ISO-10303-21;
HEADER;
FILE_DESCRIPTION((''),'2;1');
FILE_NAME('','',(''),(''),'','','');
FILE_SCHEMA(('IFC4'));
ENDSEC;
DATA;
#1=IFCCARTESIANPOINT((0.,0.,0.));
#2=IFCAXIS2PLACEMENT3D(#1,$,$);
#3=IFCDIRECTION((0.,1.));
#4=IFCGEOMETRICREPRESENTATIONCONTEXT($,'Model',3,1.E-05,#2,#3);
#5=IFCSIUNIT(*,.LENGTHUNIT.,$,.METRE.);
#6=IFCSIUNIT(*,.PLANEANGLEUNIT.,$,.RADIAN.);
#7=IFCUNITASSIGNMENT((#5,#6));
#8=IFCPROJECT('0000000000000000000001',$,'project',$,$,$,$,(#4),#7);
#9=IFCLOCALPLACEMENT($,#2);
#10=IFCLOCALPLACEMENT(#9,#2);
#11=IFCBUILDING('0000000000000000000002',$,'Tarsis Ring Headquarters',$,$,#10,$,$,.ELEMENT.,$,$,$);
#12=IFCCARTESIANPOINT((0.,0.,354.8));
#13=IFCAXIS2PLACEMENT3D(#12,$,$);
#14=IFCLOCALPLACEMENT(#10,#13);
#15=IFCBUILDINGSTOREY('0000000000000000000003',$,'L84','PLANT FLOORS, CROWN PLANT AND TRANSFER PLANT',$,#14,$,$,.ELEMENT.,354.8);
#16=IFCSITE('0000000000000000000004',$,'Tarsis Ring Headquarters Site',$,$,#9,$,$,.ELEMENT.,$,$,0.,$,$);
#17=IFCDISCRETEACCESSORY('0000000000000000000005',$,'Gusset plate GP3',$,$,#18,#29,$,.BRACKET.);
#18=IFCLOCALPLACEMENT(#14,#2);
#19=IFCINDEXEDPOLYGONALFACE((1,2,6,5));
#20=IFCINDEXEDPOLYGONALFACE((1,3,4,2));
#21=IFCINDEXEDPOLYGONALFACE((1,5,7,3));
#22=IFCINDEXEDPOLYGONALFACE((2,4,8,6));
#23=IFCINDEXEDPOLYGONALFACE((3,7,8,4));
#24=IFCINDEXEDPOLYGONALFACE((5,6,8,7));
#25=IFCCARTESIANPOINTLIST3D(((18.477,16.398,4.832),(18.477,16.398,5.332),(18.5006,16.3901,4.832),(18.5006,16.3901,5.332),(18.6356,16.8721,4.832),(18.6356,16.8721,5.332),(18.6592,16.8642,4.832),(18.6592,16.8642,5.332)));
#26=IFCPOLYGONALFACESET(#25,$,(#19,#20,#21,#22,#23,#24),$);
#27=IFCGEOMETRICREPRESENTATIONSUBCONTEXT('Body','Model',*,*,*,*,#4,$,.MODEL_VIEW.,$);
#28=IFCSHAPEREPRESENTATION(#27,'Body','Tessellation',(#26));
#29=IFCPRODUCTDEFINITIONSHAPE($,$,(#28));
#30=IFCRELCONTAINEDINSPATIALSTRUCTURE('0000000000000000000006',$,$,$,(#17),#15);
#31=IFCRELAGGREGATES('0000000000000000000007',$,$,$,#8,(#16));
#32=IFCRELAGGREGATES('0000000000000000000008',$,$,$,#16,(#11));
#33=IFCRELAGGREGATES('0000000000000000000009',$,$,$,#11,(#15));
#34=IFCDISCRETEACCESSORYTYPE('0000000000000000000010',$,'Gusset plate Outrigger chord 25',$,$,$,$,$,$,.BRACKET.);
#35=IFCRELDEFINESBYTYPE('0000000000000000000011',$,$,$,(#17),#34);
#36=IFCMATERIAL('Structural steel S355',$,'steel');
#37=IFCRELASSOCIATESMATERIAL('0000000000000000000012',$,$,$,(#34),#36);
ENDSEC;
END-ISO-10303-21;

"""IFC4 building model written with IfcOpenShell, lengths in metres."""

from ifc_helpers import new_model, si_unit, direction, frame, origin, origin_2d, place, context, subcontext, project, spatial, rectangle, extrude, material, material_profile, profile_set, type_object, element, save


model = new_model("IFC4")

# Units and contexts
model_context = context("Model", 3, precision=1e-05, world=origin(), true_north=direction((0.0, 1.0)))
body_context = subcontext(model_context, "Body", "Model", "MODEL_VIEW")
ifc_project = project(units=[si_unit("LENGTHUNIT", "METRE"), si_unit("PLANEANGLEUNIT", "RADIAN")], contexts=[model_context])

# Site, building, storey
site_placement = place(None, origin())
site = spatial("IfcSite", under=ifc_project, at=site_placement, Name="Tarsis Ring Headquarters Site", CompositionType="ELEMENT", RefElevation=0.0)
building_placement = place(site_placement, origin())
building = spatial("IfcBuilding", under=site, at=building_placement, Name="Tarsis Ring Headquarters", CompositionType="ELEMENT")
storey_placement = place(building_placement, frame((0.0, 0.0, 354.8)))
storey = spatial("IfcBuildingStorey", under=building, at=storey_placement, Name="L84", Description="PLANT FLOORS, CROWN PLANT AND TRANSFER PLANT", CompositionType="ELEMENT", Elevation=354.8)

# Shared definitions
ifc_material_1 = material(Name="Structural steel S355", Category="steel")

# Discrete accessory
ifc_material_profile_1 = material_profile(ifc_material_1, rectangle(XDim=0.0249, YDim=0.5, at=origin_2d()), Name="PL 25x500")
ifc_profile_set_1 = profile_set([ifc_material_profile_1], Name="Structural steel S355")
discrete_accessory_type_1 = type_object("IfcDiscreteAccessoryType", Name="Gusset plate Outrigger chord 25", PredefinedType="BRACKET", material=ifc_profile_set_1)
for number, where, z_axis, x_axis, name in (
    (1, (18.5681, 16.6311, 5.332), (0.0, 0.0, -1.0), (-0.948376, 0.317149, 0.0), "Gusset plate GP3"),
):
    element("IfcDiscreteAccessory", number, at=place(storey_placement, frame(where, z_axis=z_axis, x_axis=x_axis)), inside=storey, type_object=discrete_accessory_type_1, Name=name, PredefinedType="BRACKET", context=body_context, shape_type="SweptSolid", body=[
        extrude(rectangle(XDim=0.0249, YDim=0.5, at=origin_2d()), origin(), (0.0, 0.0, 1.0), 0.5),
    ])

save(model, "model.ifc")
